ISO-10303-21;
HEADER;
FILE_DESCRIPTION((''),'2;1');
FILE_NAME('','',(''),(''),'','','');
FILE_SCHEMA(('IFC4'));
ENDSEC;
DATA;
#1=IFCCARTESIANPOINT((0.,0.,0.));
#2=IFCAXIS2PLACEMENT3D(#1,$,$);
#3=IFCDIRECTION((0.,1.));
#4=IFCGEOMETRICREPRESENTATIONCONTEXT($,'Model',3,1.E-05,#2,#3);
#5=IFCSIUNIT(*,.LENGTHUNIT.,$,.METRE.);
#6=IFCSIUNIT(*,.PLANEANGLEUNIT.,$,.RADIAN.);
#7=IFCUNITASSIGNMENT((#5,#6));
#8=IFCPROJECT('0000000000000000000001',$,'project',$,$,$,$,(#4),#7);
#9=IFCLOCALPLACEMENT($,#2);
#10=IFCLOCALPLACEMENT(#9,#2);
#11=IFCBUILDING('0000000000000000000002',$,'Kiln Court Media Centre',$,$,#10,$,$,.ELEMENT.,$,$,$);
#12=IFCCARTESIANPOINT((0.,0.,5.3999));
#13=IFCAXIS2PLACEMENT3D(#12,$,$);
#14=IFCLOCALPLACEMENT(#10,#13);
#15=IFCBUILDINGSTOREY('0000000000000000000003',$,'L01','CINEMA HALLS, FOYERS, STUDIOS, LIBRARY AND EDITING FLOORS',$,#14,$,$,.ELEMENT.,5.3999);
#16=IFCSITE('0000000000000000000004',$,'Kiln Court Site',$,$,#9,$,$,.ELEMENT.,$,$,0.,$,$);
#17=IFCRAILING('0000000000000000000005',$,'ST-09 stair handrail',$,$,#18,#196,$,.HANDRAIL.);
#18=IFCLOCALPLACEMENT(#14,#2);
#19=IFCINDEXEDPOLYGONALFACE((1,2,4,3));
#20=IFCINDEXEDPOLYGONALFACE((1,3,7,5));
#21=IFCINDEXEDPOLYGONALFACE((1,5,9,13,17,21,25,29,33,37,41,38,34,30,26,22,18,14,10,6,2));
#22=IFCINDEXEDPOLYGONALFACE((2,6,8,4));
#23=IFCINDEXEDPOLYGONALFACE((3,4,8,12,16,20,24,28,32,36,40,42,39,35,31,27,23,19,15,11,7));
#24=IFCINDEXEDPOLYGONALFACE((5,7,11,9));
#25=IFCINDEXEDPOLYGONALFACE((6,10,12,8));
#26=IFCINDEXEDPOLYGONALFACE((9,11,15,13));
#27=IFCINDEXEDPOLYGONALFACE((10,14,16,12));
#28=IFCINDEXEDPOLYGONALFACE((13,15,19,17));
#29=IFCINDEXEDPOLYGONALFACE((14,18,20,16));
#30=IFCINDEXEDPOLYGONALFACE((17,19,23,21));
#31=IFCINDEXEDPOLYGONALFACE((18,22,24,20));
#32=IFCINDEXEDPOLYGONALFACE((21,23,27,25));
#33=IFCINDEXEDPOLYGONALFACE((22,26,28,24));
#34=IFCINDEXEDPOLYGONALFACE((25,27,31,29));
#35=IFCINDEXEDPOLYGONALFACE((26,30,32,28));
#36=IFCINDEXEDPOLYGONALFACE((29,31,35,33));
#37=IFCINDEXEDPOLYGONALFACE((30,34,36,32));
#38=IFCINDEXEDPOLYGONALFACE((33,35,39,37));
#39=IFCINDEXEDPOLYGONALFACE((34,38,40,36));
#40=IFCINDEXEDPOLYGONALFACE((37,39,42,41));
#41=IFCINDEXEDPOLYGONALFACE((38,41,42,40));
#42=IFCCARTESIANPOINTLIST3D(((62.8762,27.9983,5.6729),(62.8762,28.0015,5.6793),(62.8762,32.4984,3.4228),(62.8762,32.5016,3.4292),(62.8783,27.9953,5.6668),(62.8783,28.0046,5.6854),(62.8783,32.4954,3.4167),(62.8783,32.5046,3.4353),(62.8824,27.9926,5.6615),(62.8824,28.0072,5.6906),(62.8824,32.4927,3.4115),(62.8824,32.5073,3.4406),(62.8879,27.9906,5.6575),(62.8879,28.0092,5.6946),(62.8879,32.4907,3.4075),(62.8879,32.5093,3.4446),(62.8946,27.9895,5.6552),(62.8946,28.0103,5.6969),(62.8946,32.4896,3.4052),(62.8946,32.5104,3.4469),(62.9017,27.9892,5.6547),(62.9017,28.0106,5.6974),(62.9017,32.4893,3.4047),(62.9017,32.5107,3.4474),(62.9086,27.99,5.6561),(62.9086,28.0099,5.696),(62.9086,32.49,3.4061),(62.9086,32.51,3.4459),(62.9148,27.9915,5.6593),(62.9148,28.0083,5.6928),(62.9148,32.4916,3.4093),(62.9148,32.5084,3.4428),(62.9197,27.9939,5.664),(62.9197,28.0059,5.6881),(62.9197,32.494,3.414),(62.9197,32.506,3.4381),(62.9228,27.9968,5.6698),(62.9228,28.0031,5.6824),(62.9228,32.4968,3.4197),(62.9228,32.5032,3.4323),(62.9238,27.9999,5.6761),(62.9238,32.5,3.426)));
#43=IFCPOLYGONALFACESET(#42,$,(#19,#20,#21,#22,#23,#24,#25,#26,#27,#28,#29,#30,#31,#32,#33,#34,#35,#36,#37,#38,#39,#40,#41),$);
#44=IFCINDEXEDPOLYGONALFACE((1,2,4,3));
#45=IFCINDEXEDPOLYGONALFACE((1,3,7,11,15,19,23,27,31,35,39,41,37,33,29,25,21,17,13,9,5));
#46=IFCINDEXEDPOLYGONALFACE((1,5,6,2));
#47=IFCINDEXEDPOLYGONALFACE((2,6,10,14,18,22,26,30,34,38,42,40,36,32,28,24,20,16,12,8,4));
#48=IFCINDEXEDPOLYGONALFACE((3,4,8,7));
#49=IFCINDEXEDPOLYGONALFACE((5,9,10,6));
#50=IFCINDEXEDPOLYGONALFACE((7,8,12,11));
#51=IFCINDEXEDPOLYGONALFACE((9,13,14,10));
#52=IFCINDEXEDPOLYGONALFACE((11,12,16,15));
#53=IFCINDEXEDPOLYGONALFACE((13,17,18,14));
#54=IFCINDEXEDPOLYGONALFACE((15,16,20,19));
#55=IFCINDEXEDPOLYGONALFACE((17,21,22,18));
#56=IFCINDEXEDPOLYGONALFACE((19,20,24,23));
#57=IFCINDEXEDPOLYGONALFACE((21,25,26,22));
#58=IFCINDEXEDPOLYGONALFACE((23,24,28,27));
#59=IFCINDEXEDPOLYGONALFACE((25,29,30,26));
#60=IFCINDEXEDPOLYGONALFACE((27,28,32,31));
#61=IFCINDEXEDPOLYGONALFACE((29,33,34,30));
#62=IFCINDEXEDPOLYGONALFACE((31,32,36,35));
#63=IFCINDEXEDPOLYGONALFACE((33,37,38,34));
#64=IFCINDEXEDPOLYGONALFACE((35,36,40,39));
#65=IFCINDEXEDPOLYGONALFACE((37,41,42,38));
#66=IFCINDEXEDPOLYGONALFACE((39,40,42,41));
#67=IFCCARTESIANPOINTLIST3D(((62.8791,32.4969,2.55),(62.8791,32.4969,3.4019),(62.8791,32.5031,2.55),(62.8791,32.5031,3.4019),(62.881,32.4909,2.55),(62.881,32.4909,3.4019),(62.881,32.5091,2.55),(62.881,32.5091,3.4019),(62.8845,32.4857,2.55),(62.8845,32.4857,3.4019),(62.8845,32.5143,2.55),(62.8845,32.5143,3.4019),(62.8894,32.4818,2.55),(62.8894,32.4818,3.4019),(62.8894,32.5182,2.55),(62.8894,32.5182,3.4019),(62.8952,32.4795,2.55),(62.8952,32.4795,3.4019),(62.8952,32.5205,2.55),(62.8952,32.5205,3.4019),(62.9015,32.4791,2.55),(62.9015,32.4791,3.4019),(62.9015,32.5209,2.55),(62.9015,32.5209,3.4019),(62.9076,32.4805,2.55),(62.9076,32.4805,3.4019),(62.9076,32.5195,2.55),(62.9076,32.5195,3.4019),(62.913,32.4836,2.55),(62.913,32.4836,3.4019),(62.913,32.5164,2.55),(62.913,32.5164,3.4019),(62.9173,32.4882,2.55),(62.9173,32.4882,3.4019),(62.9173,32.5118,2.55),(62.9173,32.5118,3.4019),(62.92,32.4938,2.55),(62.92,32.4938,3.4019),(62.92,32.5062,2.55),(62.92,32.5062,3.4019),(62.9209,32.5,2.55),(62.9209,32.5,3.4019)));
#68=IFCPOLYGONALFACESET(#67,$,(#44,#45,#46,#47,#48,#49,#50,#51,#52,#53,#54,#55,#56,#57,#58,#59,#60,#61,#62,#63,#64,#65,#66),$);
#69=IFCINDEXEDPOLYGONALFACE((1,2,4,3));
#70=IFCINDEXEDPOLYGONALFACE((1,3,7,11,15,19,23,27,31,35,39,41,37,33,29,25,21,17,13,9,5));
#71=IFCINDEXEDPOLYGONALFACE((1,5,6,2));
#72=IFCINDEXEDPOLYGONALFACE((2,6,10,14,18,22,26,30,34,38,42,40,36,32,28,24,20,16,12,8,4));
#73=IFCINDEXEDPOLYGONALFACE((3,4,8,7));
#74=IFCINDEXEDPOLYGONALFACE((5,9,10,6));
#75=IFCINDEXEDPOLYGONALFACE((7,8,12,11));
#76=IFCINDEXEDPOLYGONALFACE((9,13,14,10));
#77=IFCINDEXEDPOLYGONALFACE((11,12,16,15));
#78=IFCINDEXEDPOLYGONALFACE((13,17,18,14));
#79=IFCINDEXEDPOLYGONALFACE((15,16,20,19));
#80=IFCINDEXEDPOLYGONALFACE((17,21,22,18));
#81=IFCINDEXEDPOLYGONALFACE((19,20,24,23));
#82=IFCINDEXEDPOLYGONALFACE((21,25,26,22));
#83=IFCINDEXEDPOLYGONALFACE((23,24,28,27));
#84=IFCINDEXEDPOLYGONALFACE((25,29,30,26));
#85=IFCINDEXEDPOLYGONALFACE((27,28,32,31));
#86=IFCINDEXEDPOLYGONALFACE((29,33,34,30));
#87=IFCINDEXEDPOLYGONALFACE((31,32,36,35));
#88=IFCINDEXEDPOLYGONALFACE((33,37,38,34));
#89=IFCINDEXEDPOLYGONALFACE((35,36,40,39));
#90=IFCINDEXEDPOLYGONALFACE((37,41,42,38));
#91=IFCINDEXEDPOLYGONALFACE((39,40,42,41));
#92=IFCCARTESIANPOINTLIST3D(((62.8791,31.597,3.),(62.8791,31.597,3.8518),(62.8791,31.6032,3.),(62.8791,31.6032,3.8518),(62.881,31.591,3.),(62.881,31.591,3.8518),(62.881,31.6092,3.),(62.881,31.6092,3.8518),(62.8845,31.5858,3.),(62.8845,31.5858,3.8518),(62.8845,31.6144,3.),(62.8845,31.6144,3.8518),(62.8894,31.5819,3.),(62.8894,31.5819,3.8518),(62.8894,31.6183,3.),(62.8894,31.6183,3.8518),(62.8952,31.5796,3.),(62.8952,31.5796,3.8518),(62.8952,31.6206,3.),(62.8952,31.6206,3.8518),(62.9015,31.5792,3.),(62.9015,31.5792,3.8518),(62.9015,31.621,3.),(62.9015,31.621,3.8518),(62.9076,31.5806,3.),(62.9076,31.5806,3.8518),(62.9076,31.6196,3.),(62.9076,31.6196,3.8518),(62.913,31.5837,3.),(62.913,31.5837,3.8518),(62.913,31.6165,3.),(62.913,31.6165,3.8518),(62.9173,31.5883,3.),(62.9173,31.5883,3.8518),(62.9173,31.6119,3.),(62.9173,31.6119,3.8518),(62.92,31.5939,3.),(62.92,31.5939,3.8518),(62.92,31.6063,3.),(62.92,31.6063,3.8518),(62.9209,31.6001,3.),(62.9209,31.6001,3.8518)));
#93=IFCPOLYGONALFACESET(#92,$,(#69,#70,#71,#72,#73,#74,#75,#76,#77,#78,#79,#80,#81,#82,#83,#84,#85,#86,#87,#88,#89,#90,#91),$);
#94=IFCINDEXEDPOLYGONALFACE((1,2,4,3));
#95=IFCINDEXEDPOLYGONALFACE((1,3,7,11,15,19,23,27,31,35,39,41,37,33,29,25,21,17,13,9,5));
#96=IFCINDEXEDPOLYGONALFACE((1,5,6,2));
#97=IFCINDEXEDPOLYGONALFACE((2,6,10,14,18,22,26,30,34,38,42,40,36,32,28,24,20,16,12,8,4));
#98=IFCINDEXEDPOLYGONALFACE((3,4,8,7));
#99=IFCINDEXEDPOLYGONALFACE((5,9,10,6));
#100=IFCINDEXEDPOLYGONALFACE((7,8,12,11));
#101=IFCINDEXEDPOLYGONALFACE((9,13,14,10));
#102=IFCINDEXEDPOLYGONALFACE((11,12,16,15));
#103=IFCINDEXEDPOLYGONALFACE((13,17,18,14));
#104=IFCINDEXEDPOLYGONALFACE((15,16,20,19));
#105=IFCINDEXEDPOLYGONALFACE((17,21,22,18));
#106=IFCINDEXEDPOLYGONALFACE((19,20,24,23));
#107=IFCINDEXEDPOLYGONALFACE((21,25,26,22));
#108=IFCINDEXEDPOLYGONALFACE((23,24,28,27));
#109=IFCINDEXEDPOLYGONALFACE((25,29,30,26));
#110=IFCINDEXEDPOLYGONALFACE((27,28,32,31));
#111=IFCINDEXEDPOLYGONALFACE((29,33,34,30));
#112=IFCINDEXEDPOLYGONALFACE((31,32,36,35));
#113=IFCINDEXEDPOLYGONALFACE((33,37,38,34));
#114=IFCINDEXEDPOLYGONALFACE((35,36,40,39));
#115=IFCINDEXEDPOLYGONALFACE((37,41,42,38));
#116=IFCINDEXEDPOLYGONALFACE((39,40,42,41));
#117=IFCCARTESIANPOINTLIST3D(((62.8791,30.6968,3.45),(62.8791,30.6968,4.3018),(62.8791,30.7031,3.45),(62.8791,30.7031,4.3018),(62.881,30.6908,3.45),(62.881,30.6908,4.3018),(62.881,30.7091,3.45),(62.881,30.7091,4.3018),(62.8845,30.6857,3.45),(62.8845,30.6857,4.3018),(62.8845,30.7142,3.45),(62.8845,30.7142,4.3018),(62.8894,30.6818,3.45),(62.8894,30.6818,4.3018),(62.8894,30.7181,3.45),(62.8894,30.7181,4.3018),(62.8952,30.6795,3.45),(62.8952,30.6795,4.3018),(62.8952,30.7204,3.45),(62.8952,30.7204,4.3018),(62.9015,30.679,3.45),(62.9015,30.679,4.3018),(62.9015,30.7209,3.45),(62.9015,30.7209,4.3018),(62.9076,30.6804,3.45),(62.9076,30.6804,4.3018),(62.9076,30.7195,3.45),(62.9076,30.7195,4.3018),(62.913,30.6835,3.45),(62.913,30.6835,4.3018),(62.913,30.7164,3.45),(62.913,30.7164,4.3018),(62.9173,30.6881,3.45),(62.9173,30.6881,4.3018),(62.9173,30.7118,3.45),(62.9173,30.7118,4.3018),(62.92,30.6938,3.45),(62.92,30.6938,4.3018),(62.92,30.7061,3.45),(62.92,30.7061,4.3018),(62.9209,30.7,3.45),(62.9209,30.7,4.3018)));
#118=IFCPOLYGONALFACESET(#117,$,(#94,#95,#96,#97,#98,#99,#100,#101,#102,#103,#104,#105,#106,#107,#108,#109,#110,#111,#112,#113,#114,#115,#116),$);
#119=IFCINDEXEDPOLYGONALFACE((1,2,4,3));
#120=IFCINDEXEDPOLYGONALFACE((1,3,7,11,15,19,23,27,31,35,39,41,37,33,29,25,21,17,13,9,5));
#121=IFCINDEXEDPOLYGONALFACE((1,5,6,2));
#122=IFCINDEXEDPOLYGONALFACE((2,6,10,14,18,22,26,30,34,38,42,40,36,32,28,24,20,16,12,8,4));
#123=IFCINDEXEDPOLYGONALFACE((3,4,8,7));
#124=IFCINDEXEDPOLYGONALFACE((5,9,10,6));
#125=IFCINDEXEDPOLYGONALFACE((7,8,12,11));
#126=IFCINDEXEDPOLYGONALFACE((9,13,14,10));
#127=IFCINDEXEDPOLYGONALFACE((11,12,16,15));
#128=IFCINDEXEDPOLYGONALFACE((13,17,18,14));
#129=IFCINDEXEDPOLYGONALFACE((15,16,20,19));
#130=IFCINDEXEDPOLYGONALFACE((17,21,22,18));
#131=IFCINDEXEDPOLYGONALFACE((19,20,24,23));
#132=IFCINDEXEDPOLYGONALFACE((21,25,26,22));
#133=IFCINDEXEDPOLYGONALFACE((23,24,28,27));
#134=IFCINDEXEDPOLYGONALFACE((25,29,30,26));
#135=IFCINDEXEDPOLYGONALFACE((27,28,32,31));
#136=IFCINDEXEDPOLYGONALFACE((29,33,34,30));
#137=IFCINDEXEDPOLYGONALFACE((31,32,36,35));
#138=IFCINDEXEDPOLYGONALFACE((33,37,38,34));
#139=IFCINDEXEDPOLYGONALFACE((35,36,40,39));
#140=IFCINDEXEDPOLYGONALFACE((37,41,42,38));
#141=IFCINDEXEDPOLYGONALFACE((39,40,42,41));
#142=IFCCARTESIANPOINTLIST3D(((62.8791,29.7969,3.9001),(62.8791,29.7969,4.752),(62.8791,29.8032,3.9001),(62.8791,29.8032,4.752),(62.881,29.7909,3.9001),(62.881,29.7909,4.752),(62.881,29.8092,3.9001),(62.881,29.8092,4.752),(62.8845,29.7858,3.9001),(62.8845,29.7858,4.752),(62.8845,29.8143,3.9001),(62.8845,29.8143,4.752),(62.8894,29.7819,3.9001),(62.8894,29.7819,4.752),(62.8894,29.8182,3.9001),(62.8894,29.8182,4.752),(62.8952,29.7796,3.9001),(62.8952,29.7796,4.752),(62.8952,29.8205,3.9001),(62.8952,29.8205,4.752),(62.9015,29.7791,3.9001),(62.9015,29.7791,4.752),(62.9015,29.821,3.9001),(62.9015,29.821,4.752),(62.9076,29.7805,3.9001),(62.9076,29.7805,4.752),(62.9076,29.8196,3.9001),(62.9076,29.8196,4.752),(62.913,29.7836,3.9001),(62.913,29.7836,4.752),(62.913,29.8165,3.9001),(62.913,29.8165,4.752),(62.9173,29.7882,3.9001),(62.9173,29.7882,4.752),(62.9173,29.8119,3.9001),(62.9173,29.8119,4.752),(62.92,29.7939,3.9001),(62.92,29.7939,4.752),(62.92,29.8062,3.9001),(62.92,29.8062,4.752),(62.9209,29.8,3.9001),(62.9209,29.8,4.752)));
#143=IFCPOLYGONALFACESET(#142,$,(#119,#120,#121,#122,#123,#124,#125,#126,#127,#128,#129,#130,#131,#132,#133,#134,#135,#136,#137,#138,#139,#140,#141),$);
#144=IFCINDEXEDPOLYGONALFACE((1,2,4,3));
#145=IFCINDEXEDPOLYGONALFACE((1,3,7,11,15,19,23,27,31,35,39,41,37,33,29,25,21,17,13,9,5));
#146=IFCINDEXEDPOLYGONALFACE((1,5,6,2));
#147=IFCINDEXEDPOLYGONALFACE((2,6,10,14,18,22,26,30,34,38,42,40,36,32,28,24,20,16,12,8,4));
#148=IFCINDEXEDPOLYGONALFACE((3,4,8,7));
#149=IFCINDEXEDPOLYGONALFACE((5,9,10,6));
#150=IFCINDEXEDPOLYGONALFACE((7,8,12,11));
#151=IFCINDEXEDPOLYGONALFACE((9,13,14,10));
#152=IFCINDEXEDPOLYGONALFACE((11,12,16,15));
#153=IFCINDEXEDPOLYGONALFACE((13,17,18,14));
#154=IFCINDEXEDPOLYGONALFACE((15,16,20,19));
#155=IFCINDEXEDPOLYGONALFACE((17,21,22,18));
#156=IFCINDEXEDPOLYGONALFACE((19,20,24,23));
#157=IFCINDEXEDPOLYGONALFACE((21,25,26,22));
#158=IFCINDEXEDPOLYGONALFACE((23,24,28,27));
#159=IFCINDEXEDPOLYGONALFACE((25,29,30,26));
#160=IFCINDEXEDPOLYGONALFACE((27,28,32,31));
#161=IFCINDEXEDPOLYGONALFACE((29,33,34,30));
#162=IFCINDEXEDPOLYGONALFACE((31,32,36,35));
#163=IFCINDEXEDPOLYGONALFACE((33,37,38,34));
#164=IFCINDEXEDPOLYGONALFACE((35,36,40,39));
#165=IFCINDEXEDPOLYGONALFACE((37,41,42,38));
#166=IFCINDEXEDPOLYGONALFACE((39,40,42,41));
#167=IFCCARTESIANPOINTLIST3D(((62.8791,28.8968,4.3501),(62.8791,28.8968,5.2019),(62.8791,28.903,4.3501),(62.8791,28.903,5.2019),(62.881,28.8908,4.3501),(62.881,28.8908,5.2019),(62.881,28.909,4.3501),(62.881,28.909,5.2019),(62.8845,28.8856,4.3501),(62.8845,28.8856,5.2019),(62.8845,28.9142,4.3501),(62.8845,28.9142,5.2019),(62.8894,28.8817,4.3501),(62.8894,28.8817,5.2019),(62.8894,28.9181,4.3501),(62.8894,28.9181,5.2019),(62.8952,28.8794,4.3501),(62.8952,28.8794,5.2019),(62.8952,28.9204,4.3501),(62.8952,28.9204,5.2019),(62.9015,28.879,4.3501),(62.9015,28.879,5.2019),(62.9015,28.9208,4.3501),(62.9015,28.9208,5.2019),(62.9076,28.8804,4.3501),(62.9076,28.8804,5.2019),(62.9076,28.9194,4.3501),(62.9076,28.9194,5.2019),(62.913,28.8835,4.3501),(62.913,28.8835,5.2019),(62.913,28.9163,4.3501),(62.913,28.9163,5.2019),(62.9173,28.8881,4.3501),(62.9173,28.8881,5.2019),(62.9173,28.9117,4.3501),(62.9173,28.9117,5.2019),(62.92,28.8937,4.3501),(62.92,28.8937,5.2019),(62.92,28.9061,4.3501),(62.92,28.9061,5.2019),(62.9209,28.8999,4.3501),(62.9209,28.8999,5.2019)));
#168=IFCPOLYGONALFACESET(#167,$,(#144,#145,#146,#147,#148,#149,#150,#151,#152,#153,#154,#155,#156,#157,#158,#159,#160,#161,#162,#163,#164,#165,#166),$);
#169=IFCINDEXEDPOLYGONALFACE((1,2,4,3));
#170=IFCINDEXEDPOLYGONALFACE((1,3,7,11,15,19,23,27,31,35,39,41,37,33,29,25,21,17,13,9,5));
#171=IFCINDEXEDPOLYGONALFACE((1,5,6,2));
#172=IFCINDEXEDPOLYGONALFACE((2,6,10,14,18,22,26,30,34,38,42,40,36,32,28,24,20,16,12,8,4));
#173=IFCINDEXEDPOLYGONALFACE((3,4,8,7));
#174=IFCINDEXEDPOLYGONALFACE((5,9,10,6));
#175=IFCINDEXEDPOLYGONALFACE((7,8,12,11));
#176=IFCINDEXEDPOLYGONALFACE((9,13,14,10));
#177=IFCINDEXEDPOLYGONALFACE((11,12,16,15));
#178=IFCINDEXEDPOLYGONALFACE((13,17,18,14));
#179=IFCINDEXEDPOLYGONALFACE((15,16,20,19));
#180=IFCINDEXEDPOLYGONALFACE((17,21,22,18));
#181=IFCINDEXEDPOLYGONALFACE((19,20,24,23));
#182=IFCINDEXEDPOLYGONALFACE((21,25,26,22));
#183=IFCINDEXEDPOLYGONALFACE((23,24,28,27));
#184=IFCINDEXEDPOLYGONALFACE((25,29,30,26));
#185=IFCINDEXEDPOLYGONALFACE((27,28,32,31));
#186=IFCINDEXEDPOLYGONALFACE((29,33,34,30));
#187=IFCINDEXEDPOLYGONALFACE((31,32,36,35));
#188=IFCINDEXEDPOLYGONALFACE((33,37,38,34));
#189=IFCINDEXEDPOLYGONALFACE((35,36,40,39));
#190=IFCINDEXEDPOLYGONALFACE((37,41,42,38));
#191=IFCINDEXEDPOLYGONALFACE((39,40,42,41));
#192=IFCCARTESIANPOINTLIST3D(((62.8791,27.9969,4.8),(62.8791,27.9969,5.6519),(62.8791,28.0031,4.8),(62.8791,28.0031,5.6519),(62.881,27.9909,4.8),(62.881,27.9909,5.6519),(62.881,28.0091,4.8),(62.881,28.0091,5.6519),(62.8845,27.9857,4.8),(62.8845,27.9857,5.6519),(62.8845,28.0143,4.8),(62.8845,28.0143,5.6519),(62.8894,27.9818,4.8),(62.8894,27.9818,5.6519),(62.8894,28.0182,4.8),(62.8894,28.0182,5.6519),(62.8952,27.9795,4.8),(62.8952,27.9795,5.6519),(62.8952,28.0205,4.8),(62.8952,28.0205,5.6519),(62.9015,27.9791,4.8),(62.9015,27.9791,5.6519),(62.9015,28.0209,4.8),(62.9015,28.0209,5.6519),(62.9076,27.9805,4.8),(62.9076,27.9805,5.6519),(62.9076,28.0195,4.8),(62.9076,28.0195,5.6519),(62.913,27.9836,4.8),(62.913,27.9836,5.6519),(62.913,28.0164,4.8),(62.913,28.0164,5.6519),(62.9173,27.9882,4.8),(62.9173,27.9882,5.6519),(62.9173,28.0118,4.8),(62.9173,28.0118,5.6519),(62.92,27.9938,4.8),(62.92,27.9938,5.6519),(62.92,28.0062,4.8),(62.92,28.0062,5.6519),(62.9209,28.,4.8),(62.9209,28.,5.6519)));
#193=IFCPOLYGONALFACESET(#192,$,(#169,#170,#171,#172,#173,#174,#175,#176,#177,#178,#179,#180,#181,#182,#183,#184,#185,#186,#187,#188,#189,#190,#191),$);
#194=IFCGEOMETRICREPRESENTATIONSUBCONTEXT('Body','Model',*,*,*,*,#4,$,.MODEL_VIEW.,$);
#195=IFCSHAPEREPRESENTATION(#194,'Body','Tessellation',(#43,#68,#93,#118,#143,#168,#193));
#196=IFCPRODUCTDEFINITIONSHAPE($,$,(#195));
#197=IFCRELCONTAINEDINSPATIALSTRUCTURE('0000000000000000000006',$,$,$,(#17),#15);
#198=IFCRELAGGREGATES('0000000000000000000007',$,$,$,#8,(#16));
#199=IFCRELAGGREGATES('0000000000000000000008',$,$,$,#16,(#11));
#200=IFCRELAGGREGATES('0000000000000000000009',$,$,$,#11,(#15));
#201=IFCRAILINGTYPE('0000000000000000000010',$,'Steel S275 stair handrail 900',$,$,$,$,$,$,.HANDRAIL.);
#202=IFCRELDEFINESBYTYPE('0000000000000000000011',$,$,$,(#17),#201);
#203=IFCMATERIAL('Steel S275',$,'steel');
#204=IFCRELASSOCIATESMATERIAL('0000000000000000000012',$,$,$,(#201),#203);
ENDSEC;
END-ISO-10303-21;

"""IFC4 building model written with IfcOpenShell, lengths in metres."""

from ifc_helpers import new_model, si_unit, direction, frame, origin, origin_2d, place, context, subcontext, project, spatial, circle, extrude, material, type_object, element, save


model = new_model("IFC4")

# Units and contexts
model_context = context("Model", 3, precision=1e-05, world=origin(), true_north=direction((0.0, 1.0)))
body_context = subcontext(model_context, "Body", "Model", "MODEL_VIEW")
ifc_project = project(units=[si_unit("LENGTHUNIT", "METRE"), si_unit("PLANEANGLEUNIT", "RADIAN")], contexts=[model_context])

# Site, building, storey
site_placement = place(None, origin())
site = spatial("IfcSite", under=ifc_project, at=site_placement, Name="Kiln Court Site", CompositionType="ELEMENT", RefElevation=0.0)
building_placement = place(site_placement, origin())
building = spatial("IfcBuilding", under=site, at=building_placement, Name="Kiln Court Media Centre", CompositionType="ELEMENT")
storey_placement = place(building_placement, frame((0.0, 0.0, 5.3999)))
storey = spatial("IfcBuildingStorey", under=building, at=storey_placement, Name="L01", Description="CINEMA HALLS, FOYERS, STUDIOS, LIBRARY AND EDITING FLOORS", CompositionType="ELEMENT", Elevation=5.3999)

# Railing
ifc_material_1 = material(Name="Steel S275", Category="steel")
railing_type_1 = type_object("IfcRailingType", Name="Steel S275 stair handrail 900", PredefinedType="HANDRAIL", material=ifc_material_1)
railing_1_placement = place(storey_placement, frame((62.8999, 32.5, 2.55)))
element("IfcRailing", 1, at=railing_1_placement, inside=storey, type_object=railing_type_1, Name="ST-09 stair handrail", PredefinedType="HANDRAIL", context=body_context, shape_type="SweptSolid", body=[
    extrude(circle(Radius=0.0239, at=origin_2d()), frame((0.0, 0.0, 0.876), z_axis=(0.0, -0.894427, 0.447214), x_axis=(1.0, 0.0, 0.0)), (0.0, 0.0, 1.0), 5.0312),
    extrude(circle(Radius=0.021, at=origin_2d()), origin(), (0.0, 0.0, 1.0), 0.8518),
    extrude(circle(Radius=0.021, at=origin_2d()), frame((0.0, -0.8999, 0.45)), (0.0, 0.0, 1.0), 0.8518),
    extrude(circle(Radius=0.021, at=origin_2d()), frame((0.0, -1.8, 0.8999)), (0.0, 0.0, 1.0), 0.8518),
    extrude(circle(Radius=0.021, at=origin_2d()), frame((0.0, -2.7, 1.3501)), (0.0, 0.0, 1.0), 0.8518),
    extrude(circle(Radius=0.021, at=origin_2d()), frame((0.0, -3.6001, 1.8)), (0.0, 0.0, 1.0), 0.8518),
    extrude(circle(Radius=0.021, at=origin_2d()), frame((0.0, -4.5, 2.25)), (0.0, 0.0, 1.0), 0.8518),
])

save(model, "model.ifc")
